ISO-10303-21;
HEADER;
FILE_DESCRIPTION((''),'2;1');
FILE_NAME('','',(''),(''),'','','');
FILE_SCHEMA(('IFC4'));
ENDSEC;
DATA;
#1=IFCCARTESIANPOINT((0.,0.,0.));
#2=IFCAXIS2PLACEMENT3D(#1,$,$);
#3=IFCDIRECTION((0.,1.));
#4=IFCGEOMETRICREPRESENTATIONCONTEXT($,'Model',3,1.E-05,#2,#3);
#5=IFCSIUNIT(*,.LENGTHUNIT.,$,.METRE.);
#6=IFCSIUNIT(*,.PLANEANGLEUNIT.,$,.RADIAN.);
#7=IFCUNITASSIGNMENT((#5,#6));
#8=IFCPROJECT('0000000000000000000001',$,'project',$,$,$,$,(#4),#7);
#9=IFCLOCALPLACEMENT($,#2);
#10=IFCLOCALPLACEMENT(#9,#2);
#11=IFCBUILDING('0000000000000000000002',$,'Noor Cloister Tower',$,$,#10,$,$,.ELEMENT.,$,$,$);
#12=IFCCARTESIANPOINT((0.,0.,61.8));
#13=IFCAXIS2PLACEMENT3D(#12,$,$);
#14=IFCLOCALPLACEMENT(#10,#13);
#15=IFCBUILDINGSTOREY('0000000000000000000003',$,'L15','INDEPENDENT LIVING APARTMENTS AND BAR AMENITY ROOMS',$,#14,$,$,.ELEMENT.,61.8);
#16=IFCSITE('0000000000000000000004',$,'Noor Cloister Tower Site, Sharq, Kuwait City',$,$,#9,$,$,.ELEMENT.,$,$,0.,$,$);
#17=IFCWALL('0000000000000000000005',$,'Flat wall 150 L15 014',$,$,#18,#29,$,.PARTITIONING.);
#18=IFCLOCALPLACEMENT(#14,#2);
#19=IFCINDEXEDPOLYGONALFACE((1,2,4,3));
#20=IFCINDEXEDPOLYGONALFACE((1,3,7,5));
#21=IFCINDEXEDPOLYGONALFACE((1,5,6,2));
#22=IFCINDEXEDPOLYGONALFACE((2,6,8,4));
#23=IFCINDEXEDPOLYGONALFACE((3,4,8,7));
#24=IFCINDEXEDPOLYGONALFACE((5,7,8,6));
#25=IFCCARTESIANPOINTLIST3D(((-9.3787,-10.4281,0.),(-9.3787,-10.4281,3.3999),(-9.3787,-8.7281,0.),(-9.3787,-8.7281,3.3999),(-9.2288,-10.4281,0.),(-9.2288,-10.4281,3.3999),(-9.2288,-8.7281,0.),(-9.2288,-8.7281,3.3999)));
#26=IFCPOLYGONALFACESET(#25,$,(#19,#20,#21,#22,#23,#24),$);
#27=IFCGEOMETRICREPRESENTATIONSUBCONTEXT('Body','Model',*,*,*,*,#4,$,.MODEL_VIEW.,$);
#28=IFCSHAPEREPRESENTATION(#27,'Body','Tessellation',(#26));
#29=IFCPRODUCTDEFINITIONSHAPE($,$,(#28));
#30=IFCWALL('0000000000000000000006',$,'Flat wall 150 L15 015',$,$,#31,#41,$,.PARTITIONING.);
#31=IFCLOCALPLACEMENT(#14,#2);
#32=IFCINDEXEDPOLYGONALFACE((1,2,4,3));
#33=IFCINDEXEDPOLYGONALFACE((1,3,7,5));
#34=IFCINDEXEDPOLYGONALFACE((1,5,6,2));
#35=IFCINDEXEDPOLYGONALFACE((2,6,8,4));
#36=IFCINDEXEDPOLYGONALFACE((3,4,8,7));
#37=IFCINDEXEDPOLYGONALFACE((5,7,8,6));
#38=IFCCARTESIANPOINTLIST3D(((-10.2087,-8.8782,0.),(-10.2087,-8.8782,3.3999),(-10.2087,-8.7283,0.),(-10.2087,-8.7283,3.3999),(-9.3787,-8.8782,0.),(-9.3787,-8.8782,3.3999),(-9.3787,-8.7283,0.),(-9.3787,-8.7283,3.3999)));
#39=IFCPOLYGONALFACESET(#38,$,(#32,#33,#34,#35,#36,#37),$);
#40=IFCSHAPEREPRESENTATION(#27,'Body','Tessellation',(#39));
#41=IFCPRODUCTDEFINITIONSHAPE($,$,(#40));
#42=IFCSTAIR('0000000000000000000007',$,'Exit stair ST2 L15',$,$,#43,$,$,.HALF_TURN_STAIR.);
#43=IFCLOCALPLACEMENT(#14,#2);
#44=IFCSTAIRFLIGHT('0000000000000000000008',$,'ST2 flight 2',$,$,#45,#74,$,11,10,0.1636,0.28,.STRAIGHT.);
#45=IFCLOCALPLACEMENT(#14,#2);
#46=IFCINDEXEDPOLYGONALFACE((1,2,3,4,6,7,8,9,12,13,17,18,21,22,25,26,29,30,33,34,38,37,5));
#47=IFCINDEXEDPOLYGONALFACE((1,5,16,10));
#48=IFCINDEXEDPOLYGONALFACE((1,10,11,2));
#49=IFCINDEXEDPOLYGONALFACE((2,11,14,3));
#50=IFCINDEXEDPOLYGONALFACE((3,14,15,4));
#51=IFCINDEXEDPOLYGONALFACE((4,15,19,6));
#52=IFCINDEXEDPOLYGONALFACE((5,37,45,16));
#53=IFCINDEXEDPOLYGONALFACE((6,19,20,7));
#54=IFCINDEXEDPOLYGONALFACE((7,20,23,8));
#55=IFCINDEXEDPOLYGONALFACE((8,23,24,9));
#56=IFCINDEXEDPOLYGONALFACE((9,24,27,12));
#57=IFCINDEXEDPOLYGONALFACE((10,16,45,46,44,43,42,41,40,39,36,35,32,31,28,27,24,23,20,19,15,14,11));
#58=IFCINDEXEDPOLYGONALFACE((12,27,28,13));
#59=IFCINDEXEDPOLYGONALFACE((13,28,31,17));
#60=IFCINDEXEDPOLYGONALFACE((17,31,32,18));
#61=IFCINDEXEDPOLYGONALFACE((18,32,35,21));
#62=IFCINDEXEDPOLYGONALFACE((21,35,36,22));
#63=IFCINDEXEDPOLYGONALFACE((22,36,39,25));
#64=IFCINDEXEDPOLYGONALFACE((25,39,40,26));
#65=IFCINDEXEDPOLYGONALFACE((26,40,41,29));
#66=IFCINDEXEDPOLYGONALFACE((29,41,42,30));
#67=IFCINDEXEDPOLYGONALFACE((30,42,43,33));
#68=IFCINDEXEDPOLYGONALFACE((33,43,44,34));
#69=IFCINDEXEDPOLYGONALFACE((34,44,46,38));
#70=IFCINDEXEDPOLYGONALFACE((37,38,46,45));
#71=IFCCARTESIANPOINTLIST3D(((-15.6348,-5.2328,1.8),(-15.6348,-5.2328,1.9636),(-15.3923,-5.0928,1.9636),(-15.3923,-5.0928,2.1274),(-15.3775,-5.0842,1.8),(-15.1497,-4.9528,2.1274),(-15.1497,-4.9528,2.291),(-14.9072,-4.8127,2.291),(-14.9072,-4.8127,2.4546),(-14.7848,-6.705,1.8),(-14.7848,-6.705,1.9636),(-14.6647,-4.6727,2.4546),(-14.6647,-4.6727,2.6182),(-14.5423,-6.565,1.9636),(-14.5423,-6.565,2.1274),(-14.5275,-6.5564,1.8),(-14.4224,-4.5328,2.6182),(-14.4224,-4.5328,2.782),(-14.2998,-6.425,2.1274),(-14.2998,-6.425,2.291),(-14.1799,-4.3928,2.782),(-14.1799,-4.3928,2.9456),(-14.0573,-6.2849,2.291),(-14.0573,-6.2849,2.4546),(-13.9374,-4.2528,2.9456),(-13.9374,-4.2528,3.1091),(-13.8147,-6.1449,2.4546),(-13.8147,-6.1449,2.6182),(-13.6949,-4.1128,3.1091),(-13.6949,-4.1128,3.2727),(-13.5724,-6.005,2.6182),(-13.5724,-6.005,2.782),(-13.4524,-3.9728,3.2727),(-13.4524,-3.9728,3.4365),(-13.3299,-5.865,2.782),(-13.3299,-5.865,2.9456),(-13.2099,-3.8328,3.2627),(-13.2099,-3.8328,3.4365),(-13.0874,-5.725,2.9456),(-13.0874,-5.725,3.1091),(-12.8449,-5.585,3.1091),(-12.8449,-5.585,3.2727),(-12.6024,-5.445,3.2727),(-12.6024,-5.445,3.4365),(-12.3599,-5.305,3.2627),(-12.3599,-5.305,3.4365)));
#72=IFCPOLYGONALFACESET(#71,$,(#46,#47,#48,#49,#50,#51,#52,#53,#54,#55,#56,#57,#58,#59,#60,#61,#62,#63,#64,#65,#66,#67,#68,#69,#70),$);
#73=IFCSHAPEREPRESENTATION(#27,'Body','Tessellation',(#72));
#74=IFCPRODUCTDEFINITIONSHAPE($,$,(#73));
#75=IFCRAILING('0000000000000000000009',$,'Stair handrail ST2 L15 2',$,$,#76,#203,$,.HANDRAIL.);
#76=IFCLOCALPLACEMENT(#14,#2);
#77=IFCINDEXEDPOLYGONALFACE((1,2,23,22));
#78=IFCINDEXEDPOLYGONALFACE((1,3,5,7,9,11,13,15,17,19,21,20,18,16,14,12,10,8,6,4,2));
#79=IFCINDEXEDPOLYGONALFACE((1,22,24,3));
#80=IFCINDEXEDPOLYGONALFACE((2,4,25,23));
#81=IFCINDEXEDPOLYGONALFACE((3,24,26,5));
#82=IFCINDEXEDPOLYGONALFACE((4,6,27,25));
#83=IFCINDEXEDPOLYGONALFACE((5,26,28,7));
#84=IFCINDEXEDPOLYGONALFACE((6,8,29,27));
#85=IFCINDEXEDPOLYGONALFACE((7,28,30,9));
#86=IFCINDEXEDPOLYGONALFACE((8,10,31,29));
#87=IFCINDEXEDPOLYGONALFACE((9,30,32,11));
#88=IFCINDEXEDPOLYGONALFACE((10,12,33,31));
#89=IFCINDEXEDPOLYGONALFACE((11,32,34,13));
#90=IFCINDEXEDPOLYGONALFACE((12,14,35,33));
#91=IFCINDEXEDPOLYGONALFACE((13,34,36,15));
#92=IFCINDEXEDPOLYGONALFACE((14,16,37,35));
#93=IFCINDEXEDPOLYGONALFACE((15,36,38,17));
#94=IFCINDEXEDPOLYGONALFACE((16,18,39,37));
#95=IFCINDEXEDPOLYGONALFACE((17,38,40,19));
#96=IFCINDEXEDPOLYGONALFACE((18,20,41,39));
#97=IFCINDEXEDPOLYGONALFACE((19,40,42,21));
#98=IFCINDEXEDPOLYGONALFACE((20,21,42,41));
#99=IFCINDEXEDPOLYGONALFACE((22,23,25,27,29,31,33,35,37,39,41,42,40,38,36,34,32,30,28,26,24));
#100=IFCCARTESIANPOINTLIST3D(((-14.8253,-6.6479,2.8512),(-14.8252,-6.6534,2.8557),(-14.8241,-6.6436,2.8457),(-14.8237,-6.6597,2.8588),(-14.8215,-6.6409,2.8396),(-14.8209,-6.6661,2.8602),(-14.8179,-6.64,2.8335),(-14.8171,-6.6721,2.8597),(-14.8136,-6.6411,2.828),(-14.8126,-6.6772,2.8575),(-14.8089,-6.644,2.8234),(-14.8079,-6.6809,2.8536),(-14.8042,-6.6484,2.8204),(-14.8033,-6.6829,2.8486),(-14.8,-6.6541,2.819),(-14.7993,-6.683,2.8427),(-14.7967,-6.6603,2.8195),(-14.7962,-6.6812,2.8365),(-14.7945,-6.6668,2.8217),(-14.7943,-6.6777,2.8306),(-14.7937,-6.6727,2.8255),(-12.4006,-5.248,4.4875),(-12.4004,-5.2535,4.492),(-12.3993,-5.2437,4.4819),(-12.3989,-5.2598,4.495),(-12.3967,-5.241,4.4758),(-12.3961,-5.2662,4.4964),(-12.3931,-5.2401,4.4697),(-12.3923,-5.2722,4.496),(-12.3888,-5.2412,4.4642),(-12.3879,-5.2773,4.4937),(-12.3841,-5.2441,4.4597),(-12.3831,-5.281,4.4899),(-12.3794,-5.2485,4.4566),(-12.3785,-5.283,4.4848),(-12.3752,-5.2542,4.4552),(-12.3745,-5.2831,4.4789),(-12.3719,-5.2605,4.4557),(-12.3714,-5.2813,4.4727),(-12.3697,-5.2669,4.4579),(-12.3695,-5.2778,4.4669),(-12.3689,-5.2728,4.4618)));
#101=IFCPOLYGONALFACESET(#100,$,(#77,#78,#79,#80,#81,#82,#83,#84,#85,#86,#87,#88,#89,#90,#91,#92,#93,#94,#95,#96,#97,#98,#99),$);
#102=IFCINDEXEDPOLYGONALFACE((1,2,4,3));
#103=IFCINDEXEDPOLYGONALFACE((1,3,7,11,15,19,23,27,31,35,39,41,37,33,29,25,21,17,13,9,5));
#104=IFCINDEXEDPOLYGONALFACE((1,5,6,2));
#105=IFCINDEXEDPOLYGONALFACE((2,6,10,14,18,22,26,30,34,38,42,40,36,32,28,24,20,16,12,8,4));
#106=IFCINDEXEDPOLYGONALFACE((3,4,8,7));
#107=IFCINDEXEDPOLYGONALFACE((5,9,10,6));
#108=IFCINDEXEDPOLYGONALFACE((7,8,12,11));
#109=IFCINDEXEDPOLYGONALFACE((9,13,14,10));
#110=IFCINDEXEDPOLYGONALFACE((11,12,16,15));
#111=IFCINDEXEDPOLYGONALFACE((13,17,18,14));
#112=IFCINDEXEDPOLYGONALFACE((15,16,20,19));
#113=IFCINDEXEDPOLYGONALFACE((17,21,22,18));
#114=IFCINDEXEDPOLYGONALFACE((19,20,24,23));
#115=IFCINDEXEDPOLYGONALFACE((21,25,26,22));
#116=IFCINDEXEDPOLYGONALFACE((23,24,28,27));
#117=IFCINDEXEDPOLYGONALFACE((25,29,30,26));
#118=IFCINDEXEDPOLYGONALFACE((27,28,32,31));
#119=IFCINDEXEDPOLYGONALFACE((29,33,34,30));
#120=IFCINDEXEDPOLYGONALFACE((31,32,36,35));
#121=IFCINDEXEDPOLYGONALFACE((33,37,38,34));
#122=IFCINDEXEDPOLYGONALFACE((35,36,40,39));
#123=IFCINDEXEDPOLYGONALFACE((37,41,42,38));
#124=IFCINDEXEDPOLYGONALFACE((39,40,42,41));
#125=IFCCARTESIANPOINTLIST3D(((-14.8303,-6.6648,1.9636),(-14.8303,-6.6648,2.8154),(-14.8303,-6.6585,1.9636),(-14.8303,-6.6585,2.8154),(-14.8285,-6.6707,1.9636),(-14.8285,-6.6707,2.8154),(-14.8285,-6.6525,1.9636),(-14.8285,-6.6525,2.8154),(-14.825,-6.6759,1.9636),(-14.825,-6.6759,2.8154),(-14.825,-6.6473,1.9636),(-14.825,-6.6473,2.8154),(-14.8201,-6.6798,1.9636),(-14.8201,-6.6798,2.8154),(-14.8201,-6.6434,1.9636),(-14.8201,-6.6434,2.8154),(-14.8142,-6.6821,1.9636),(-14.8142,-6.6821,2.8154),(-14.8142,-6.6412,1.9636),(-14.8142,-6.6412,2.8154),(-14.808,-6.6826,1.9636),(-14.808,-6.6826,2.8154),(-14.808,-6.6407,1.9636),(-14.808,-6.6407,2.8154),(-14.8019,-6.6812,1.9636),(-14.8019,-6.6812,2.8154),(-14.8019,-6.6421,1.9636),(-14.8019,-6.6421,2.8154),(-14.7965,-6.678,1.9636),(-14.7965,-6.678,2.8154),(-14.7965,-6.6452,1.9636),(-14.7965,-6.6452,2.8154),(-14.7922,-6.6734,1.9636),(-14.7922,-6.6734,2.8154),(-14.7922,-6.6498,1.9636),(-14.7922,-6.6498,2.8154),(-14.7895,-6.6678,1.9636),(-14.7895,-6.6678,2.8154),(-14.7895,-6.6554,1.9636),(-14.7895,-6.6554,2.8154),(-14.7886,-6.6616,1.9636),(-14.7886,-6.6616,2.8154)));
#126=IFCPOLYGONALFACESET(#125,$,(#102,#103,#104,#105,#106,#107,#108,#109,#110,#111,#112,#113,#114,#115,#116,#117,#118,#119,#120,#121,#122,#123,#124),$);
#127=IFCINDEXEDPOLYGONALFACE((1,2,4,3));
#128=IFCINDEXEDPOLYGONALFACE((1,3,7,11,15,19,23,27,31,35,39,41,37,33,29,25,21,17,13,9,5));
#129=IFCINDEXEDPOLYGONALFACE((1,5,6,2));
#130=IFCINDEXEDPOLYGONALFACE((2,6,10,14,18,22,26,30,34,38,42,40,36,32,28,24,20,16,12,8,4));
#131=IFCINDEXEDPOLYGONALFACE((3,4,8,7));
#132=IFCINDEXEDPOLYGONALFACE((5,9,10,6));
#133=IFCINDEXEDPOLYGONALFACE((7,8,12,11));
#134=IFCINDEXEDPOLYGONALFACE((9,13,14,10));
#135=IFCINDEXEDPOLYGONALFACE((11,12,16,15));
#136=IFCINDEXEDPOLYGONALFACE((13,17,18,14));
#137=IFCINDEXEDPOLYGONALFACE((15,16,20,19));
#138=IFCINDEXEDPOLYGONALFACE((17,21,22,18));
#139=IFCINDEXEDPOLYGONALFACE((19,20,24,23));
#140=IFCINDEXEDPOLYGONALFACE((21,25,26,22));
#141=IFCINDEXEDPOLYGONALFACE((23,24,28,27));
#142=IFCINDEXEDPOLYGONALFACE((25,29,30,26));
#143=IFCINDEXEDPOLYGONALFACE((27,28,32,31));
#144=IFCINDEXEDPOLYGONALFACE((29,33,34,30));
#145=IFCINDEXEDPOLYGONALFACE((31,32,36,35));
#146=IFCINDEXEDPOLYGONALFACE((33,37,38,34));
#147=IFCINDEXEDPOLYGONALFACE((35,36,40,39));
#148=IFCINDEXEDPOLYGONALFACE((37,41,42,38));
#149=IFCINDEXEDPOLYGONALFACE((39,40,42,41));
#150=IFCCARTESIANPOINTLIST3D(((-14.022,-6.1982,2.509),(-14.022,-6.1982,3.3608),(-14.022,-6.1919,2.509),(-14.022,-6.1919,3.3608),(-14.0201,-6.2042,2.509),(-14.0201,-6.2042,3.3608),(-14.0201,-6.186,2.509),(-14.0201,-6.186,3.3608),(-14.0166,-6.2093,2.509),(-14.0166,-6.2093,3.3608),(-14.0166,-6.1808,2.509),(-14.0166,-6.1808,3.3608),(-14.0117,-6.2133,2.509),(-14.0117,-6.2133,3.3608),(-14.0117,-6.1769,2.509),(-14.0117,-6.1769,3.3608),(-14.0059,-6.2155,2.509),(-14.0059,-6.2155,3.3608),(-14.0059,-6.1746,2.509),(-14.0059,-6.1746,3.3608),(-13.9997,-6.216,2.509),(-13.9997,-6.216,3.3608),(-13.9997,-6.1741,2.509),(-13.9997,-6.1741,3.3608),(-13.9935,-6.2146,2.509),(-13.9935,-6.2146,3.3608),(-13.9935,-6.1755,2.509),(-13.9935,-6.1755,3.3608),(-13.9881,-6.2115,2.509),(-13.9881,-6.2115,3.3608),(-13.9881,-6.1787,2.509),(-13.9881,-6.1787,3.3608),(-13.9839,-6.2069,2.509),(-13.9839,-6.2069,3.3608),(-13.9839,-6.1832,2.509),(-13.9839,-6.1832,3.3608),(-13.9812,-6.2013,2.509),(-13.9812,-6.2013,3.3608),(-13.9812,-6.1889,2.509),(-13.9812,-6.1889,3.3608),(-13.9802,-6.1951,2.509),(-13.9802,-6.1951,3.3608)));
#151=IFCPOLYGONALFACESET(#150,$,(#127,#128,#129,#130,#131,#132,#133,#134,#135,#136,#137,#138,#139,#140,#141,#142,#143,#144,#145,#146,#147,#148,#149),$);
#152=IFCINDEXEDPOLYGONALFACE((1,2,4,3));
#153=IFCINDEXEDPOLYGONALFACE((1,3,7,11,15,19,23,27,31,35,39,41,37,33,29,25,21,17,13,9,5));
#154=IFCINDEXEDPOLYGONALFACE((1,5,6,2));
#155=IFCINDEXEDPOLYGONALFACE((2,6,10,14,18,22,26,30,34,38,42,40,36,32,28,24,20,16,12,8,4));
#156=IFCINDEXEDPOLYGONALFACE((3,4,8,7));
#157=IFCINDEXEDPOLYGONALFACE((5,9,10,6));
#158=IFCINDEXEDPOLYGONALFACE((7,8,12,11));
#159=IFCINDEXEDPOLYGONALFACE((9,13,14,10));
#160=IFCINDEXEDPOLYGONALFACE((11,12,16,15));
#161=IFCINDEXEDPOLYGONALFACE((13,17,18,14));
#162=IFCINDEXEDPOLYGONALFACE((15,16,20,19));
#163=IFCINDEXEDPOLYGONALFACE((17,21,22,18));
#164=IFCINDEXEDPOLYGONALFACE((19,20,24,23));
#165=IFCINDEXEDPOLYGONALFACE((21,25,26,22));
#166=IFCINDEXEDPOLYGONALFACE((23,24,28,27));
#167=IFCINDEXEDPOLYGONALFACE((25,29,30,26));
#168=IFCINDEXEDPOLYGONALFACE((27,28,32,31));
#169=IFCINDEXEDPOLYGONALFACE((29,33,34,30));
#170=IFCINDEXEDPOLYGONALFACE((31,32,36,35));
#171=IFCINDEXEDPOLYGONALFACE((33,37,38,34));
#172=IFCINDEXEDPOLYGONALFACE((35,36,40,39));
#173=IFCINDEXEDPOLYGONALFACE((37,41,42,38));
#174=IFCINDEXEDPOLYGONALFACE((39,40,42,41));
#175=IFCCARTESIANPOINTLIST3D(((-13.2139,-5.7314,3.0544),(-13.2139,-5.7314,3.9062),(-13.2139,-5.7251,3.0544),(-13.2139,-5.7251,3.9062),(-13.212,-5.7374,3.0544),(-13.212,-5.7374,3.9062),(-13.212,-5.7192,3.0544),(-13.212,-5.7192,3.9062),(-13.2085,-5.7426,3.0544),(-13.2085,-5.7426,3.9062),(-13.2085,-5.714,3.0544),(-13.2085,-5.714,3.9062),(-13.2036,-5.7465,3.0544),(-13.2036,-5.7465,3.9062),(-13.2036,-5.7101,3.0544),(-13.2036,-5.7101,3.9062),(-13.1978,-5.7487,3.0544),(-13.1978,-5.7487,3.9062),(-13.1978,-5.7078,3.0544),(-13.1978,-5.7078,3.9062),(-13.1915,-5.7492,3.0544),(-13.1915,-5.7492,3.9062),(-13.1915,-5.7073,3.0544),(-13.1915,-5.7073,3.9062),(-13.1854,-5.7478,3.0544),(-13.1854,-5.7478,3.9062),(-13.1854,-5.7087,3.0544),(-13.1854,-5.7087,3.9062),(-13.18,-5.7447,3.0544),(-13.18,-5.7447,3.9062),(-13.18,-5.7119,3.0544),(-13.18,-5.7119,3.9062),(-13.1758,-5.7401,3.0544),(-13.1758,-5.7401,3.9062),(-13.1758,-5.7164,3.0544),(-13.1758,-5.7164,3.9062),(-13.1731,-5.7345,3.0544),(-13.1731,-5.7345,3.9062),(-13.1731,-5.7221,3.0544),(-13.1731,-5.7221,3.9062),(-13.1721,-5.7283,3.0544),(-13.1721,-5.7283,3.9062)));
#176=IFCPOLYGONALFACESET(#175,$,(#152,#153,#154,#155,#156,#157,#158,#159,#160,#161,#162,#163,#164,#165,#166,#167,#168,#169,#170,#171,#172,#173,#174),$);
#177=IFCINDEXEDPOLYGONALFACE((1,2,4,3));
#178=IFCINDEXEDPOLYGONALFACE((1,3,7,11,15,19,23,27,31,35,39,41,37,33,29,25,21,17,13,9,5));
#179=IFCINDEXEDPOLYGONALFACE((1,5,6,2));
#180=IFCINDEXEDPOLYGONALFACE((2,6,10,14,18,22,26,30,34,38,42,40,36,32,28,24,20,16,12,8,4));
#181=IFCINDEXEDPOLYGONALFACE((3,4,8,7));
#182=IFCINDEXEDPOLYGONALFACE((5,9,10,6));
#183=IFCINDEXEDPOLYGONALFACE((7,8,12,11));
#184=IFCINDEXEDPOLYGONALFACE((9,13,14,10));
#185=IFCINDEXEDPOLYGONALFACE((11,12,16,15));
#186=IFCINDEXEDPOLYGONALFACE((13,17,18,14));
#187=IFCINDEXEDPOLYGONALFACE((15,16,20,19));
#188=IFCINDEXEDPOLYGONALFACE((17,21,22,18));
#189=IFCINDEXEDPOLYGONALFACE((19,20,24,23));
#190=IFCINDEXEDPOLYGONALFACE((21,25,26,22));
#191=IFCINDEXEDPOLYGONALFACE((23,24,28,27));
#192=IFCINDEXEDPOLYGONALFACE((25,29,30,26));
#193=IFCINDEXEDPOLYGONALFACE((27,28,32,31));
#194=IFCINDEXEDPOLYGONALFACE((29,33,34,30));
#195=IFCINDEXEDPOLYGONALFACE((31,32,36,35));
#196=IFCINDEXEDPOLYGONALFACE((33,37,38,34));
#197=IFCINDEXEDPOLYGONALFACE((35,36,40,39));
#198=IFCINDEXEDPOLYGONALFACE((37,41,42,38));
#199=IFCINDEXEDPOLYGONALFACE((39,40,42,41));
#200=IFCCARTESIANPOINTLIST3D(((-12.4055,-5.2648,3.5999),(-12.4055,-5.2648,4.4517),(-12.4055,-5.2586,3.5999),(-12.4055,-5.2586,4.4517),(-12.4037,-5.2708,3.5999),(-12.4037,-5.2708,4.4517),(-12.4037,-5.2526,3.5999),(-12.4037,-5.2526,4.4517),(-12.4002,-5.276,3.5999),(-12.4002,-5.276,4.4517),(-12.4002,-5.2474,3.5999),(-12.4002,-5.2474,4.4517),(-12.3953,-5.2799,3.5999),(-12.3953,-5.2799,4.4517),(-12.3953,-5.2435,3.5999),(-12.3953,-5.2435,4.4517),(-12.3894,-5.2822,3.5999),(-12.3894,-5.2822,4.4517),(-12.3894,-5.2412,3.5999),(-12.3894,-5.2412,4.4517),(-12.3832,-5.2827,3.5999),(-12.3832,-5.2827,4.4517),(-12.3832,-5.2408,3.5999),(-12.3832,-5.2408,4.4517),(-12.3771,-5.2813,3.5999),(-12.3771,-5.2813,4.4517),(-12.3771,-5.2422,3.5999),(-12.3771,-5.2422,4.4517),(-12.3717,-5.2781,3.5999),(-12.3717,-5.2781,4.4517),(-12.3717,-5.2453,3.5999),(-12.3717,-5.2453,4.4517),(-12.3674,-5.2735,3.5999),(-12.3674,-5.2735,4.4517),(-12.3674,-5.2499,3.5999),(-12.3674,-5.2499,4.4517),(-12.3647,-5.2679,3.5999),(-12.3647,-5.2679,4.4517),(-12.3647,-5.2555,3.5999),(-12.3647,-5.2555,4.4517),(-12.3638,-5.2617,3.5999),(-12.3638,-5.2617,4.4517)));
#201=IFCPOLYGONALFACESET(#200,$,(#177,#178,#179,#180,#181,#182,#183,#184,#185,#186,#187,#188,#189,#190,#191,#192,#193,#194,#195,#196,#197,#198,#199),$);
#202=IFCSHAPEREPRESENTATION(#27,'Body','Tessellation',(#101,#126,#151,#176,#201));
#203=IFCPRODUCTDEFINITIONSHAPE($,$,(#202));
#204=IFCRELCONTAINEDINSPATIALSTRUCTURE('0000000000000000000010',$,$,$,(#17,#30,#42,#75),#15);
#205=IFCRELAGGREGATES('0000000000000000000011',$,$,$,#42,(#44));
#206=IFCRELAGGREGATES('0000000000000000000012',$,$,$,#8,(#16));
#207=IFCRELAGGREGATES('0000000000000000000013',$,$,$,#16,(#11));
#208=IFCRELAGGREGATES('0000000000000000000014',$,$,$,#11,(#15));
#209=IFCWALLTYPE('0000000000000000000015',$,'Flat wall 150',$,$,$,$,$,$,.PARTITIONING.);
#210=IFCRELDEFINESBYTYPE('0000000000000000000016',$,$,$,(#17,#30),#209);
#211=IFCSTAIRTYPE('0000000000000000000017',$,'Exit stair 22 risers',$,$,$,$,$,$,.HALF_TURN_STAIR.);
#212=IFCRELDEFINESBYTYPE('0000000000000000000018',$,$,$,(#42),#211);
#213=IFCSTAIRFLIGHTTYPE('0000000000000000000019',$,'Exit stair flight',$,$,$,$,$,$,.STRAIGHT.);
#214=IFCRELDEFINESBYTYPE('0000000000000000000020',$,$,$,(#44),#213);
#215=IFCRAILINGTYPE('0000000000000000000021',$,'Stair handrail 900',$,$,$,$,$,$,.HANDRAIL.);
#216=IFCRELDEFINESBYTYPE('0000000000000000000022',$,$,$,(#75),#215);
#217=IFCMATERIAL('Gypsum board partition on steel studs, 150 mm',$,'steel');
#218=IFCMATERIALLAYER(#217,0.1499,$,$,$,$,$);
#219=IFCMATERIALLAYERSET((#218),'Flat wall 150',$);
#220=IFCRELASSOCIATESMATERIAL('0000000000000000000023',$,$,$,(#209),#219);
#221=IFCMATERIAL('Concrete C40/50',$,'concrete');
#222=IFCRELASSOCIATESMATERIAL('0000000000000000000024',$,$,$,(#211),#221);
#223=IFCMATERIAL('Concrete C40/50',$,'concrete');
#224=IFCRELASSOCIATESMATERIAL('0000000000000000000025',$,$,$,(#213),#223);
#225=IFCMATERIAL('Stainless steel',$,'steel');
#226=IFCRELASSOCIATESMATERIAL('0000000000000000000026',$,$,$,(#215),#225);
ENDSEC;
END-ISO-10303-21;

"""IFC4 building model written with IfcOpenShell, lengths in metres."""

from ifc_helpers import new_model, si_unit, direction, frame, frame_2d, origin, origin_2d, place, context, subcontext, project, spatial, polyline, rectangle, circle, outline, extrude, material, layer, layer_set, type_object, element, aggregate, save


model = new_model("IFC4")

# Units and contexts
model_context = context("Model", 3, precision=1e-05, world=origin(), true_north=direction((0.0, 1.0)))
body_context = subcontext(model_context, "Body", "Model", "MODEL_VIEW")
ifc_project = project(units=[si_unit("LENGTHUNIT", "METRE"), si_unit("PLANEANGLEUNIT", "RADIAN")], contexts=[model_context])

# Site, building, storey
site_placement = place(None, origin())
site = spatial("IfcSite", under=ifc_project, at=site_placement, Name="Noor Cloister Tower Site, Sharq, Kuwait City", CompositionType="ELEMENT", RefElevation=0.0)
building_placement = place(site_placement, origin())
building = spatial("IfcBuilding", under=site, at=building_placement, Name="Noor Cloister Tower", CompositionType="ELEMENT")
storey_placement = place(building_placement, frame((0.0, 0.0, 61.8)))
storey = spatial("IfcBuildingStorey", under=building, at=storey_placement, Name="L15", Description="INDEPENDENT LIVING APARTMENTS AND BAR AMENITY ROOMS", CompositionType="ELEMENT", Elevation=61.8)

# Walls
ifc_material_1 = material(Name="Gypsum board partition on steel studs, 150 mm", Category="steel")
ifc_layer_1 = layer(ifc_material_1, 0.1499)
ifc_layer_set_1 = layer_set([ifc_layer_1], Name="Flat wall 150")
wall_type_1 = type_object("IfcWallType", Name="Flat wall 150", PredefinedType="PARTITIONING", material=ifc_layer_set_1)
wall_1_placement = place(storey_placement, frame((-9.3037, -10.4282, 0.0), z_axis=(0.0, 0.0, 1.0), x_axis=(0.0, 1.0, 0.0)))
element("IfcWall", 1, at=wall_1_placement, inside=storey, type_object=wall_type_1, Name="Flat wall 150 L15 014", PredefinedType="PARTITIONING", context=body_context, shape_type="SweptSolid", body=[
    extrude(rectangle(XDim=1.7, YDim=0.1499, at=frame_2d((0.8501, 0.0))), origin(), (0.0, 0.0, 1.0), 3.3999),
])
wall_2_placement = place(storey_placement, frame((-10.2087, -8.8032, 0.0), z_axis=(0.0, 0.0, 1.0), x_axis=(1.0, 0.0, 0.0)))
element("IfcWall", 2, at=wall_2_placement, inside=storey, type_object=wall_type_1, Name="Flat wall 150 L15 015", PredefinedType="PARTITIONING", context=body_context, shape_type="SweptSolid", body=[
    extrude(rectangle(XDim=0.8301, YDim=0.1499, at=frame_2d((0.415, 0.0))), origin(), (0.0, 0.0, 1.0), 3.3999),
])

# Stair, stair flight
ifc_material_2 = material(Name="Concrete C40/50", Category="concrete")
stair_type = type_object("IfcStairType", Name="Exit stair 22 risers", PredefinedType="HALF_TURN_STAIR", material=ifc_material_2)
stair_placement = place(storey_placement, origin())
stair = element("IfcStair", 3, at=stair_placement, inside=storey, type_object=stair_type, Name="Exit stair ST2 L15", PredefinedType="HALF_TURN_STAIR")
ifc_material_3 = material(Name="Concrete C40/50", Category="concrete")
stair_flight_type = type_object("IfcStairFlightType", Name="Exit stair flight", PredefinedType="STRAIGHT", material=ifc_material_3)
stair_flight_placement = place(storey_placement, frame((-15.2097, -5.969, 1.8), z_axis=(0.0, 0.0, 1.0), x_axis=(0.866025, 0.5, 0.0)))
stair_flight = element("IfcStairFlight", 4, at=stair_flight_placement, type_object=stair_flight_type, Name="ST2 flight 2", NumberOfRisers=11, NumberOfTreads=10, PredefinedType="STRAIGHT", RiserHeight=0.1636, TreadLength=0.28, context=body_context, shape_type="SweptSolid", body=[
    extrude(outline(polyline([(0.0, 0.0), (0.0, 0.1636), (0.28, 0.1636), (0.28, 0.3274), (0.5601, 0.3274), (0.5601, 0.491), (0.8401, 0.491), (0.8401, 0.6545), (1.1201, 0.6545), (1.1201, 0.8181), (1.3999, 0.8181), (1.3999, 0.9819), (1.6799, 0.9819), (1.6799, 1.1455), (1.96, 1.1455), (1.96, 1.3091), (2.24, 1.3091), (2.24, 1.4727), (2.52, 1.4727), (2.52, 1.6365), (2.8, 1.6365), (2.8, 1.8), (2.8, 1.4626), (0.2971, 0.0), (0.0, 0.0)])), frame((0.0, 0.8501, 0.0), z_axis=(0.0, -1.0, 0.0), x_axis=(1.0, 0.0, 0.0)), (0.0, 0.0, 1.0), 1.7),
])
aggregate(stair, [stair_flight])

# Railing
ifc_material_4 = material(Name="Stainless steel", Category="steel")
railing_type = type_object("IfcRailingType", Name="Stair handrail 900", PredefinedType="HANDRAIL", material=ifc_material_4)
railing_placement = place(storey_placement, frame((-14.8096, -6.6616, 1.9636)))
element("IfcRailing", 5, at=railing_placement, inside=storey, type_object=railing_type, Name="Stair handrail ST2 L15 2", PredefinedType="HANDRAIL", context=body_context, shape_type="SweptSolid", body=[
    extrude(circle(Radius=0.0239, at=origin_2d()), frame((0.0, 0.0, 0.876), z_axis=(0.747718, 0.431677, 0.504552), x_axis=(-0.499984, 0.866035, 0.0)), (0.0, 0.0, 1.0), 3.2429),
    extrude(circle(Radius=0.021, at=origin_2d()), origin(), (0.0, 0.0, 1.0), 0.8518),
    extrude(circle(Radius=0.021, at=origin_2d()), frame((0.8083, 0.4666, 0.5454)), (0.0, 0.0, 1.0), 0.8518),
    extrude(circle(Radius=0.021, at=origin_2d()), frame((1.6165, 0.9333, 1.0908)), (0.0, 0.0, 1.0), 0.8518),
    extrude(circle(Radius=0.021, at=origin_2d()), frame((2.4248, 1.3999, 1.6362)), (0.0, 0.0, 1.0), 0.8518),
])

save(model, "model.ifc")
